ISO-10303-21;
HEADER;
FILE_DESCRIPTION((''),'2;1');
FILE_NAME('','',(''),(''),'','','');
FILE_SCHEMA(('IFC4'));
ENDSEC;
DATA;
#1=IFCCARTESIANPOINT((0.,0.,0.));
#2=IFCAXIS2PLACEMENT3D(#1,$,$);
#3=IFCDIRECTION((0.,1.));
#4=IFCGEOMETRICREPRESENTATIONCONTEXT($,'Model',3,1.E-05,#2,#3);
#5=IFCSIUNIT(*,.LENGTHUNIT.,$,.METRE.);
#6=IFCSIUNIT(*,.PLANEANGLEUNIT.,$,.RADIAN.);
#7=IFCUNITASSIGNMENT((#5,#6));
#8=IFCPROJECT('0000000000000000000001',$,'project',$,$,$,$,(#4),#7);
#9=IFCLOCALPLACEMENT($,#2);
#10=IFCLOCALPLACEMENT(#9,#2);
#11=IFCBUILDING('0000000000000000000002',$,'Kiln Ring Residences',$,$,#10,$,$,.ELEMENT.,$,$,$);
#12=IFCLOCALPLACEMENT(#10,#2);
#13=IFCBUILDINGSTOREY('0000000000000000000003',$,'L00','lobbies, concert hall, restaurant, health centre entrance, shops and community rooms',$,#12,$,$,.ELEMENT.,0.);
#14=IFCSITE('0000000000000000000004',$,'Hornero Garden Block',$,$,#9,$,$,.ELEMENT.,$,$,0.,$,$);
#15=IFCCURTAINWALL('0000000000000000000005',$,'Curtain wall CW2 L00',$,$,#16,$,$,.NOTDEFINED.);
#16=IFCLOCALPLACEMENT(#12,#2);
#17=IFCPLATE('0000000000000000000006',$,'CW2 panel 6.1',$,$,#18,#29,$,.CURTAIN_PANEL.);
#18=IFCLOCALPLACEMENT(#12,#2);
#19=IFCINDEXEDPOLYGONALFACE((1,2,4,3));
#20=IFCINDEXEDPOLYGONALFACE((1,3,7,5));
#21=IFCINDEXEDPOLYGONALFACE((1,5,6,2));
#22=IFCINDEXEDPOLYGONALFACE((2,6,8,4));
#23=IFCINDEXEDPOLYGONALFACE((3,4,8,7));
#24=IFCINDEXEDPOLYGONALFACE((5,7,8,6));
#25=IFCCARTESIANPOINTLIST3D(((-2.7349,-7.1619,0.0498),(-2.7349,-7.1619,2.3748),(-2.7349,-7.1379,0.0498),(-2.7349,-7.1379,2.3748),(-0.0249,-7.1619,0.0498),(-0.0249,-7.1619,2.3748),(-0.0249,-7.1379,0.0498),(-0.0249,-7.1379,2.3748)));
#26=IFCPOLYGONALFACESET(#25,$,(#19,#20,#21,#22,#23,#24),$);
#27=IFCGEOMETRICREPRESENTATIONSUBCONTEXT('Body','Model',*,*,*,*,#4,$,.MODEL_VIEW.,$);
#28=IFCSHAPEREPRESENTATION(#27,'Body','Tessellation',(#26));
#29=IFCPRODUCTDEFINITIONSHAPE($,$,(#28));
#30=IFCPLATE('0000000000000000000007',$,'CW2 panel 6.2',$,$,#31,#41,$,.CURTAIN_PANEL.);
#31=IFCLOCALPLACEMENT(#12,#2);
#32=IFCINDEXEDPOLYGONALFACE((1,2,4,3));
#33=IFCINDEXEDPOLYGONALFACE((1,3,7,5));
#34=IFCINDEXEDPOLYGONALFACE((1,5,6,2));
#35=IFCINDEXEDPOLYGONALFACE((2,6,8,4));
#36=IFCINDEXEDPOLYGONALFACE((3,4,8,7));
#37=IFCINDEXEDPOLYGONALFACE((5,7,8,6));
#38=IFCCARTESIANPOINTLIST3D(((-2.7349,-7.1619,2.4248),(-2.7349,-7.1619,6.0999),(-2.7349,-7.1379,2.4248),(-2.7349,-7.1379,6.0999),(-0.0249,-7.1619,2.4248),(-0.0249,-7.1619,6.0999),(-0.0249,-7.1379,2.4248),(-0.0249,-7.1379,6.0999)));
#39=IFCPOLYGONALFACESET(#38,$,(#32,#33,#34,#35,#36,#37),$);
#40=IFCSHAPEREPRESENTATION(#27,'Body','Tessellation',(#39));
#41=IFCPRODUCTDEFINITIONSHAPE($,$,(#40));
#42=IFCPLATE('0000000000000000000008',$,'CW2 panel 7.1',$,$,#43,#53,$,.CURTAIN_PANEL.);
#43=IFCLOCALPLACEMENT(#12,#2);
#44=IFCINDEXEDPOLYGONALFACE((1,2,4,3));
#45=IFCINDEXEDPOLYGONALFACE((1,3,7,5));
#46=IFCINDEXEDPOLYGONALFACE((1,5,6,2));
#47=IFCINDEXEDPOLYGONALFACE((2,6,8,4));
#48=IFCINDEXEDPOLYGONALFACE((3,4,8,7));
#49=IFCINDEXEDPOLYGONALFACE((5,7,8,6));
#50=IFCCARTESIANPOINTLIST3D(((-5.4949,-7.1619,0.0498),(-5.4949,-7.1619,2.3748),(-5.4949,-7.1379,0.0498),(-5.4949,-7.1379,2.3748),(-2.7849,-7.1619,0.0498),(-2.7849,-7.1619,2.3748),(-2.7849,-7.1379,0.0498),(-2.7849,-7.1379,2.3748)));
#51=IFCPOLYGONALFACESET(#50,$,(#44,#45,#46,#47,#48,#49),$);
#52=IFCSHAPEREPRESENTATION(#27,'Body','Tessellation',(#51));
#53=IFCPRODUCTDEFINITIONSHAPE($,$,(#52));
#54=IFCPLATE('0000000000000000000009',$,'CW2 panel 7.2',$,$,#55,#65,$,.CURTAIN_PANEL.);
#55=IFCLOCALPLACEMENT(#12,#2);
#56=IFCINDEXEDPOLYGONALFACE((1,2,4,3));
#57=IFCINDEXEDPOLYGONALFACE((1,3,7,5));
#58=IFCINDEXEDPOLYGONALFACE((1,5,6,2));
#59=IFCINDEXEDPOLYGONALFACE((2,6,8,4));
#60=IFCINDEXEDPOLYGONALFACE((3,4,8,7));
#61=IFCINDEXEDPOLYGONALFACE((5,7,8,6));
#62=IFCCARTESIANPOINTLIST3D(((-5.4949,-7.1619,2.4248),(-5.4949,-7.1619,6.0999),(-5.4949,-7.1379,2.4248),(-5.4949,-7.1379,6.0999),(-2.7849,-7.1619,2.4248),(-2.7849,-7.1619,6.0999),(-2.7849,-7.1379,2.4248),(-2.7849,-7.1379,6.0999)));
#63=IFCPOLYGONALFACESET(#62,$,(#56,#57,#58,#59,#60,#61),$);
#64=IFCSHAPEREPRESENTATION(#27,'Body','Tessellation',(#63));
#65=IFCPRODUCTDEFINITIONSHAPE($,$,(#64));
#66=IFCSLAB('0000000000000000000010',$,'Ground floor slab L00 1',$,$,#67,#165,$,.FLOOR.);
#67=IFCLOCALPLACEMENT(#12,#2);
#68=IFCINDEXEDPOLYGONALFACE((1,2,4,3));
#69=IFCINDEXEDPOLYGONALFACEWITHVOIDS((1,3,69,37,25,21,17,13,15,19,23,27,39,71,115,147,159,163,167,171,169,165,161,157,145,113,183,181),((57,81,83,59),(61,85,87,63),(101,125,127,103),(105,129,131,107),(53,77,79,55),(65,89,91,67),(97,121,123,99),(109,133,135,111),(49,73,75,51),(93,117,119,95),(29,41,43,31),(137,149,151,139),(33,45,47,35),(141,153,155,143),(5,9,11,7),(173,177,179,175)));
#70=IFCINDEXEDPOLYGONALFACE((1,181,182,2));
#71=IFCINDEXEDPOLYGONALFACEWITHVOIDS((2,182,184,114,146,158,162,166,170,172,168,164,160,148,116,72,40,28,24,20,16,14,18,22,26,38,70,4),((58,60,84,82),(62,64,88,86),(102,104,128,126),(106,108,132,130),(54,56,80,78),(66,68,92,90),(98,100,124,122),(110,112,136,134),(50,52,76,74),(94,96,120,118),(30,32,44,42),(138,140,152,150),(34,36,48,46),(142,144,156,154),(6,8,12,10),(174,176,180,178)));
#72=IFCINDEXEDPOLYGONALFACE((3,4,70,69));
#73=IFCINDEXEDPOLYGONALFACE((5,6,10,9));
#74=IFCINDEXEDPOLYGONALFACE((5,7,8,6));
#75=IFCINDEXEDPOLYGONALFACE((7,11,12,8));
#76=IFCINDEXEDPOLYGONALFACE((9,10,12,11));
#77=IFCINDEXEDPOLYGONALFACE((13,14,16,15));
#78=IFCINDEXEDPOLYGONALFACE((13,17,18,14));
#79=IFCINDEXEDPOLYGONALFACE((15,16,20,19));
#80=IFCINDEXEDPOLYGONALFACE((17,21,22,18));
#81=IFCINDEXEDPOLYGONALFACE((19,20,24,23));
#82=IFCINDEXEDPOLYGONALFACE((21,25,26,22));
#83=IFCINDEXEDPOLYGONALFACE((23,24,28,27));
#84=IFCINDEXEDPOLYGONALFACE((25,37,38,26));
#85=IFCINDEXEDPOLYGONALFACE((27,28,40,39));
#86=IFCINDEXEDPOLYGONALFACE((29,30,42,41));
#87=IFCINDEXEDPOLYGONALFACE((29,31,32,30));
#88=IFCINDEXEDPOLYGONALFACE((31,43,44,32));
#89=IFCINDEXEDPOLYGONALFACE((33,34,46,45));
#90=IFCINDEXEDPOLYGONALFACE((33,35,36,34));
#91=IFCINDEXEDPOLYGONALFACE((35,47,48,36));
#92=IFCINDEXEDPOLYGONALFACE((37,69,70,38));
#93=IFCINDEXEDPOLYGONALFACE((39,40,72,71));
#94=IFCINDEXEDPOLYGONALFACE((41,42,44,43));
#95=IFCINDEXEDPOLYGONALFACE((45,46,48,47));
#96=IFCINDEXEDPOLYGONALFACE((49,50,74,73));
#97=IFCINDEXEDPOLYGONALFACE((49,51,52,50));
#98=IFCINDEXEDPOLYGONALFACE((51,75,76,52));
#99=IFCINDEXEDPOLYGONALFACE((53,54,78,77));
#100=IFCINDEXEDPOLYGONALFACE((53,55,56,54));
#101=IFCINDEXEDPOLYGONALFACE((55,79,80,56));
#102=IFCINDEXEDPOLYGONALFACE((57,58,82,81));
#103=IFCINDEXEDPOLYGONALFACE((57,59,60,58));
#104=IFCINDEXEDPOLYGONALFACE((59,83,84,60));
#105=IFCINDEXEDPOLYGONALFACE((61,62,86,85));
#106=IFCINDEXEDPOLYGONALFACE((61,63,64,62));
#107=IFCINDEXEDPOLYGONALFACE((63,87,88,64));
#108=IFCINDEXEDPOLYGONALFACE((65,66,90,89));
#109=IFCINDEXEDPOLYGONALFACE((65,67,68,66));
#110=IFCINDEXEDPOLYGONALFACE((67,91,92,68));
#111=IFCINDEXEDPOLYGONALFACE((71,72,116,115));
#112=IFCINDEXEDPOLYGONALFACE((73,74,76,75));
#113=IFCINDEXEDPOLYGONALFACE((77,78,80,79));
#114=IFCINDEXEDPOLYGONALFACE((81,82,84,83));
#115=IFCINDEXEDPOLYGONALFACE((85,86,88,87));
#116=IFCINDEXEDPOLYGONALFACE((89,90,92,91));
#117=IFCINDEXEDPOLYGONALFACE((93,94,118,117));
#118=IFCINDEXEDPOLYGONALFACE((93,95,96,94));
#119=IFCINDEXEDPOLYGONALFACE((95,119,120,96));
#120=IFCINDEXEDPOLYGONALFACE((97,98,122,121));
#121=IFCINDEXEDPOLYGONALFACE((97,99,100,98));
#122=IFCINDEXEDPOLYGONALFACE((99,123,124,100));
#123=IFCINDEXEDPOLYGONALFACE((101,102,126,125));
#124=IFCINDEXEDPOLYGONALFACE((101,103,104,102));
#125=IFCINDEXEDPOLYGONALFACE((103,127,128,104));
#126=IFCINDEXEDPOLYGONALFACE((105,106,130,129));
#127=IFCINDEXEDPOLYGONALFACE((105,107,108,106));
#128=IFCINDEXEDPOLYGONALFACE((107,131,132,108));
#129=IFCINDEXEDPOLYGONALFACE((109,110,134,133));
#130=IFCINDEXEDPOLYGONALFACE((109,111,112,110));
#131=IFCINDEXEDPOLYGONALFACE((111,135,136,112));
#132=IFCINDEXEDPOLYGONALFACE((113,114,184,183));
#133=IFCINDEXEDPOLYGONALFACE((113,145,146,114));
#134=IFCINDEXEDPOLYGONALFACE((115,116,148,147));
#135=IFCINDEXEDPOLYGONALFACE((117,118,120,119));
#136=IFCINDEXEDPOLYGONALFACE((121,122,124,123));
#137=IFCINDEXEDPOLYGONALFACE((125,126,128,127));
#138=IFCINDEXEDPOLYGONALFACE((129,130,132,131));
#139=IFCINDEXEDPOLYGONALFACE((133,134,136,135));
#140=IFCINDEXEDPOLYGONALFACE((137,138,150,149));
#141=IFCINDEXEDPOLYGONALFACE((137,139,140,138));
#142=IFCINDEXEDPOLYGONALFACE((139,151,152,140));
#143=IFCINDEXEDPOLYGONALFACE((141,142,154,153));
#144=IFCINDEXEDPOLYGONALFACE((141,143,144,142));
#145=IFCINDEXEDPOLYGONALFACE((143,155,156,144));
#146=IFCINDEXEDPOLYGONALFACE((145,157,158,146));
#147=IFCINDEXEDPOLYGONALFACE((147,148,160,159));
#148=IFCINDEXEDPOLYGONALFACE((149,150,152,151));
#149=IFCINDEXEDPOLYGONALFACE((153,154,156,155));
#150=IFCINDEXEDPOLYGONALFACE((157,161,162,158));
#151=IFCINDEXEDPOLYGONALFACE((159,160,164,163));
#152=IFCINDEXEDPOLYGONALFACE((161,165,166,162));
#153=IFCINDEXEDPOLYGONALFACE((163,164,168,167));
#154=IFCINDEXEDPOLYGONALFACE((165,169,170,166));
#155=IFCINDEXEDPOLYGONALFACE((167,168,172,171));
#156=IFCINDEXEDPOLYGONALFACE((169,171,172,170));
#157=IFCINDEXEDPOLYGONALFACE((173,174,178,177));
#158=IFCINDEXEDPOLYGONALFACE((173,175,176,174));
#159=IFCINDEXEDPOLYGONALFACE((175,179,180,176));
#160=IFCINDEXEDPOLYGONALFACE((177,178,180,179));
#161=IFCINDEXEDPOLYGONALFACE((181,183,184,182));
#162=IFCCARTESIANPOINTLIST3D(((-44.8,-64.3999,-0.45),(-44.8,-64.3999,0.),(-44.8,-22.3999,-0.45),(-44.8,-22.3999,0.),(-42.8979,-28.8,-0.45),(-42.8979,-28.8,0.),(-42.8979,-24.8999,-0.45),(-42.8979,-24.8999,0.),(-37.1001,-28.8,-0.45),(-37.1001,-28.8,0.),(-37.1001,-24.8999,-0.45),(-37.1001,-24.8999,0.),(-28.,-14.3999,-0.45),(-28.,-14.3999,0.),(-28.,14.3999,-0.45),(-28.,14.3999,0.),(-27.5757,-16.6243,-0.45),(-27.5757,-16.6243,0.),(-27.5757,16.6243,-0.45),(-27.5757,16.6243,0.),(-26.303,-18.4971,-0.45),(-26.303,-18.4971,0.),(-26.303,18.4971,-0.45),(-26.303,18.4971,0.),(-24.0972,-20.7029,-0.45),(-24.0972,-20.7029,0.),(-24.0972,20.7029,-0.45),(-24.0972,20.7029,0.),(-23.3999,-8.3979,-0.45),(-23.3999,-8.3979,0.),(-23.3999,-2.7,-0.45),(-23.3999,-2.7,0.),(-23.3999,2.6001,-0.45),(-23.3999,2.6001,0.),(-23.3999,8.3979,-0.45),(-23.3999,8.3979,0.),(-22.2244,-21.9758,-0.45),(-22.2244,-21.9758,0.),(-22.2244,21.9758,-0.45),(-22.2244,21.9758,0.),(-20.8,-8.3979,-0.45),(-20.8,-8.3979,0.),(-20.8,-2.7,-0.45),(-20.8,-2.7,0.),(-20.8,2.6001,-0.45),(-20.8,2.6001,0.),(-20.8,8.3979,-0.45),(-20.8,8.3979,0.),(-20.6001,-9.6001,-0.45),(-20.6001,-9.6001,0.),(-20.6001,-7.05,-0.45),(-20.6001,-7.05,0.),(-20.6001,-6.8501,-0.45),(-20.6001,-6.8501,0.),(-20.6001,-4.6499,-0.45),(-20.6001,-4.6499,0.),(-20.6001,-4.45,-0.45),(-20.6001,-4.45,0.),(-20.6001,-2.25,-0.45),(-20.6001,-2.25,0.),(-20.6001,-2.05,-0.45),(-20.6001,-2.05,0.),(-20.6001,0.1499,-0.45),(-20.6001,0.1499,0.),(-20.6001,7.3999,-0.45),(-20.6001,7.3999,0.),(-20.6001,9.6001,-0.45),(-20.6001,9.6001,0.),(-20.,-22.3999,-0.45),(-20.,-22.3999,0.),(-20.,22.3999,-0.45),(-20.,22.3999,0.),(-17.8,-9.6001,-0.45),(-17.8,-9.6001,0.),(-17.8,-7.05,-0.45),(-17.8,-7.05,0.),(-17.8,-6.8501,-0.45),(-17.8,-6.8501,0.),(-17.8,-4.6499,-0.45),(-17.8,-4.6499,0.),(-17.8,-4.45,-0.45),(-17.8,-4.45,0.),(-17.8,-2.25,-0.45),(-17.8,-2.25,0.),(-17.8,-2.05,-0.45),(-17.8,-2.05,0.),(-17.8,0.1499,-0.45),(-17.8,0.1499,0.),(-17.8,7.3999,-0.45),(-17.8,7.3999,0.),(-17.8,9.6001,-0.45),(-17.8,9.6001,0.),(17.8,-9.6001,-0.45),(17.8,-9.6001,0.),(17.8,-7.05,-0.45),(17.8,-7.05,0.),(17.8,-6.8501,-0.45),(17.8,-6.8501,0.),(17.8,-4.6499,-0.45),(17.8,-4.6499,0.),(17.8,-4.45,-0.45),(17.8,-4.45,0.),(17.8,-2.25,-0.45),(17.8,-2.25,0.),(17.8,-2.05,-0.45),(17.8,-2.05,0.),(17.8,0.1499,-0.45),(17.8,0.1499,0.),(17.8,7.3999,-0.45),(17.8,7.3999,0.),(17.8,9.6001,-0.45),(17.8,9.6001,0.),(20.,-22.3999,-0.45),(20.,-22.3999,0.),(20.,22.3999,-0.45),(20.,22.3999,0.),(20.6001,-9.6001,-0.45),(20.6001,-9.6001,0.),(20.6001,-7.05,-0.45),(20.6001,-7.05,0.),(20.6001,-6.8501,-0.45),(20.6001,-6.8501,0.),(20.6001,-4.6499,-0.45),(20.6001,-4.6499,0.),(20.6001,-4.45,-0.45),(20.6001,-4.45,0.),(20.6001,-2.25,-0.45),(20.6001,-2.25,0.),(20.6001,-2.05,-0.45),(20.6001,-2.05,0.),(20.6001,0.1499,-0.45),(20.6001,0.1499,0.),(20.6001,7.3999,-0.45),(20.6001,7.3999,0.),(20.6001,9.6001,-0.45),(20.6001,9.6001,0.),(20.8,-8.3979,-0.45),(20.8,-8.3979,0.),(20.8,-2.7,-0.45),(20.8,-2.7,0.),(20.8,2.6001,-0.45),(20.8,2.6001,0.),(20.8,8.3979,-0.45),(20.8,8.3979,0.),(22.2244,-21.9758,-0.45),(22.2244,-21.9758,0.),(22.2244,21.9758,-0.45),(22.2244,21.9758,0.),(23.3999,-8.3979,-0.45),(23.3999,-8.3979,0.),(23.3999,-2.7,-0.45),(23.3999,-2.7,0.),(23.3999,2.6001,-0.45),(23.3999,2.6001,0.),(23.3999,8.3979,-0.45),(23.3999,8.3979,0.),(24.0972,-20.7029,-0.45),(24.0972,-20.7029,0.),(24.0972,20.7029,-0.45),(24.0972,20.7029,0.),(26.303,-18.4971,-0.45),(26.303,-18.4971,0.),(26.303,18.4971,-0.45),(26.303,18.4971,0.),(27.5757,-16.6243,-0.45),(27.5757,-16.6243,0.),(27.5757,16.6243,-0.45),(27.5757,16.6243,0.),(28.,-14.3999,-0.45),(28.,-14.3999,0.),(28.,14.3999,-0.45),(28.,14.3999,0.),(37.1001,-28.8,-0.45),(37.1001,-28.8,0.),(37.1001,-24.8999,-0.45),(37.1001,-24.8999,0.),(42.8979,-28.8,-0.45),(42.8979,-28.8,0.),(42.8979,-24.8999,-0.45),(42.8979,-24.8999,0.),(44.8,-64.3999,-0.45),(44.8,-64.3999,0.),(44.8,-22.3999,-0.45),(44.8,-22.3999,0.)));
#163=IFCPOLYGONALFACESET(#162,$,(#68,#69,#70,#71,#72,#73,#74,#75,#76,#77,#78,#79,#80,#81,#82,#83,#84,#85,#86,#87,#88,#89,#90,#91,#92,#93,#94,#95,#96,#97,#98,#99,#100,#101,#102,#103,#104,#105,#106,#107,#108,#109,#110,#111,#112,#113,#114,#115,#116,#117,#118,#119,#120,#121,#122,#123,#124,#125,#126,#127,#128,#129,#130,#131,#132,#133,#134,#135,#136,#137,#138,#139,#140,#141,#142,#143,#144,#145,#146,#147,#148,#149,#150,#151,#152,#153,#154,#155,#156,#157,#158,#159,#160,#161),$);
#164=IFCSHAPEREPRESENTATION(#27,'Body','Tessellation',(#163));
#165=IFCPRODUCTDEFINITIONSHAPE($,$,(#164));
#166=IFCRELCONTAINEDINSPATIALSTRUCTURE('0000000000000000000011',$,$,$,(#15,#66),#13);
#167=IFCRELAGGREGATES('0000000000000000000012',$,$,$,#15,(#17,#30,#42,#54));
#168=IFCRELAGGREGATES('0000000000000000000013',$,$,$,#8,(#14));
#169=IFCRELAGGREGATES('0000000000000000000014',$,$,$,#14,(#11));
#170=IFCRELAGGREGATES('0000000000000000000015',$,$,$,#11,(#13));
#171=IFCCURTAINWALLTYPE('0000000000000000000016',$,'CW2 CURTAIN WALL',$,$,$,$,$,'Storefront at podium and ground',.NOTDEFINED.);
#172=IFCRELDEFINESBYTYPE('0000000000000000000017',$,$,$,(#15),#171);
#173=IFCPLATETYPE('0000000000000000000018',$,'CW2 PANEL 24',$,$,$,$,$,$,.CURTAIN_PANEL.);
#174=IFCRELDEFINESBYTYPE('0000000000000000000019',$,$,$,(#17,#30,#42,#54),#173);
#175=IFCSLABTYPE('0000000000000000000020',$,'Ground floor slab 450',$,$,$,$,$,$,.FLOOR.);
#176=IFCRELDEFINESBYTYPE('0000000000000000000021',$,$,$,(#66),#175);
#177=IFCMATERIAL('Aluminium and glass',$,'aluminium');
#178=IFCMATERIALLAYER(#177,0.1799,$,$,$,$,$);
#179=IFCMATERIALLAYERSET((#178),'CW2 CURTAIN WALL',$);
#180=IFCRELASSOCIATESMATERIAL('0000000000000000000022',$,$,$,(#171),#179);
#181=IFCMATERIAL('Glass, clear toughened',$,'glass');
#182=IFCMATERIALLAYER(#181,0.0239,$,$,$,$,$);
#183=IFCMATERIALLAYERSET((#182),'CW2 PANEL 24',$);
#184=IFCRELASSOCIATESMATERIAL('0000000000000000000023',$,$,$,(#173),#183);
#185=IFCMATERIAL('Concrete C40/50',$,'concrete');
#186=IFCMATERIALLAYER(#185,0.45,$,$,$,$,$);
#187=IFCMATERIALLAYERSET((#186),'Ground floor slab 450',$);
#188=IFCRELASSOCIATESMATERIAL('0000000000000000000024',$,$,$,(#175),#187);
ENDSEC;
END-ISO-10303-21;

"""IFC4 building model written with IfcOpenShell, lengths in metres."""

from ifc_helpers import new_model, si_unit, direction, frame, origin, origin_2d, place, context, subcontext, project, spatial, polyline, rectangle, outline, extrude, material, layer, layer_set, type_object, element, aggregate, save


model = new_model("IFC4")

# Units and contexts
model_context = context("Model", 3, precision=1e-05, world=origin(), true_north=direction((0.0, 1.0)))
body_context = subcontext(model_context, "Body", "Model", "MODEL_VIEW")
ifc_project = project(units=[si_unit("LENGTHUNIT", "METRE"), si_unit("PLANEANGLEUNIT", "RADIAN")], contexts=[model_context])

# Site, building, storey
site_placement = place(None, origin())
site = spatial("IfcSite", under=ifc_project, at=site_placement, Name="Hornero Garden Block", CompositionType="ELEMENT", RefElevation=0.0)
building_placement = place(site_placement, origin())
building = spatial("IfcBuilding", under=site, at=building_placement, Name="Kiln Ring Residences", CompositionType="ELEMENT")
storey_placement = place(building_placement, origin())
storey = spatial("IfcBuildingStorey", under=building, at=storey_placement, Name="L00", Description="lobbies, concert hall, restaurant, health centre entrance, shops and community rooms", CompositionType="ELEMENT", Elevation=0.0)

# Curtain wall
ifc_material_1 = material(Name="Aluminium and glass", Category="aluminium")
ifc_layer_1 = layer(ifc_material_1, 0.1799)
ifc_layer_set_1 = layer_set([ifc_layer_1], Name="CW2 CURTAIN WALL")
curtain_wall_type = type_object("IfcCurtainWallType", Name="CW2 CURTAIN WALL", ElementType="Storefront at podium and ground", PredefinedType="NOTDEFINED", material=ifc_layer_set_1)
placement_1 = place(storey_placement, origin())
curtain_wall = element("IfcCurtainWall", 1, at=placement_1, inside=storey, type_object=curtain_wall_type, Name="Curtain wall CW2 L00", PredefinedType="NOTDEFINED")

# Plates
ifc_material_2 = material(Name="Glass, clear toughened", Category="glass")
ifc_layer_2 = layer(ifc_material_2, 0.0239)
ifc_layer_set_2 = layer_set([ifc_layer_2], Name="CW2 PANEL 24")
plate_type = type_object("IfcPlateType", Name="CW2 PANEL 24", PredefinedType="CURTAIN_PANEL", material=ifc_layer_set_2)
plate_1_placement = place(storey_placement, frame((-1.3799, -7.1499, 0.0498), z_axis=(0.0, 0.0, 1.0), x_axis=(-1.0, 0.0, 0.0)))
plate_1 = element("IfcPlate", 2, at=plate_1_placement, type_object=plate_type, Name="CW2 panel 6.1", PredefinedType="CURTAIN_PANEL", context=body_context, shape_type="SweptSolid", body=[
    extrude(rectangle(XDim=2.71, YDim=0.0239, at=origin_2d()), origin(), (0.0, 0.0, 1.0), 2.325),
])
plate_2_placement = place(storey_placement, frame((-1.3799, -7.1499, 2.4248), z_axis=(0.0, 0.0, 1.0), x_axis=(-1.0, 0.0, 0.0)))
plate_2 = element("IfcPlate", 3, at=plate_2_placement, type_object=plate_type, Name="CW2 panel 6.2", PredefinedType="CURTAIN_PANEL", context=body_context, shape_type="SweptSolid", body=[
    extrude(rectangle(XDim=2.71, YDim=0.0239, at=origin_2d()), origin(), (0.0, 0.0, 1.0), 3.675),
])
plate_3_placement = place(storey_placement, frame((-4.1399, -7.1499, 0.0498), z_axis=(0.0, 0.0, 1.0), x_axis=(-1.0, 0.0, 0.0)))
plate_3 = element("IfcPlate", 4, at=plate_3_placement, type_object=plate_type, Name="CW2 panel 7.1", PredefinedType="CURTAIN_PANEL", context=body_context, shape_type="SweptSolid", body=[
    extrude(rectangle(XDim=2.71, YDim=0.0239, at=origin_2d()), origin(), (0.0, 0.0, 1.0), 2.325),
])
plate_4_placement = place(storey_placement, frame((-4.1399, -7.1499, 2.4248), z_axis=(0.0, 0.0, 1.0), x_axis=(-1.0, 0.0, 0.0)))
plate_4 = element("IfcPlate", 5, at=plate_4_placement, type_object=plate_type, Name="CW2 panel 7.2", PredefinedType="CURTAIN_PANEL", context=body_context, shape_type="SweptSolid", body=[
    extrude(rectangle(XDim=2.71, YDim=0.0239, at=origin_2d()), origin(), (0.0, 0.0, 1.0), 3.675),
])
aggregate(curtain_wall, [plate_1, plate_2, plate_3, plate_4])

# Slab
ifc_material_3 = material(Name="Concrete C40/50", Category="concrete")
ifc_layer_3 = layer(ifc_material_3, 0.45)
ifc_layer_set_3 = layer_set([ifc_layer_3], Name="Ground floor slab 450")
slab_type_1 = type_object("IfcSlabType", Name="Ground floor slab 450", PredefinedType="FLOOR", material=ifc_layer_set_3)
slab_1_placement = place(storey_placement, frame((0.0, 0.0, -0.45)))
element("IfcSlab", 6, at=slab_1_placement, inside=storey, type_object=slab_type_1, Name="Ground floor slab L00 1", PredefinedType="FLOOR", context=body_context, shape_type="SweptSolid", body=[
    extrude(outline(polyline([(44.8, -22.3999), (20.0, -22.3999), (22.2244, -21.9758), (24.0972, -20.7029), (26.303, -18.4971), (27.5757, -16.6243), (28.0, -14.3999), (28.0, 14.3999), (27.5757, 16.6243), (26.303, 18.4971), (24.0972, 20.7029), (22.2244, 21.9758), (20.0, 22.3999), (-20.0, 22.3999), (-22.2244, 21.9758), (-24.0972, 20.7029), (-26.303, 18.4971), (-27.5757, 16.6243), (-28.0, 14.3999), (-28.0, -14.3999), (-27.5757, -16.6243), (-26.303, -18.4971), (-24.0972, -20.7029), (-22.2244, -21.9758), (-20.0, -22.3999), (-44.8, -22.3999), (-44.8, -64.3999), (44.8, -64.3999), (44.8, -22.3999)]), holes=[polyline([(42.8979, -24.8999), (42.8979, -28.8), (37.1001, -28.8), (37.1001, -24.8999), (42.8979, -24.8999)]), polyline([(20.8, -8.3979), (20.8, -2.7), (23.3999, -2.7), (23.3999, -8.3979), (20.8, -8.3979)]), polyline([(20.8, 2.6001), (20.8, 8.3979), (23.3999, 8.3979), (23.3999, 2.6001), (20.8, 2.6001)]), polyline([(17.8, -9.6001), (17.8, -7.05), (20.6001, -7.05), (20.6001, -9.6001), (17.8, -9.6001)]), polyline([(17.8, -6.8501), (17.8, -4.6499), (20.6001, -4.6499), (20.6001, -6.8501), (17.8, -6.8501)]), polyline([(17.8, -4.45), (17.8, -2.25), (20.6001, -2.25), (20.6001, -4.45), (17.8, -4.45)]), polyline([(17.8, -2.05), (17.8, 0.1499), (20.6001, 0.1499), (20.6001, -2.05), (17.8, -2.05)]), polyline([(17.8, 7.3999), (17.8, 9.6001), (20.6001, 9.6001), (20.6001, 7.3999), (17.8, 7.3999)]), polyline([(-17.8, -9.6001), (-20.6001, -9.6001), (-20.6001, -7.05), (-17.8, -7.05), (-17.8, -9.6001)]), polyline([(-17.8, -6.8501), (-20.6001, -6.8501), (-20.6001, -4.6499), (-17.8, -4.6499), (-17.8, -6.8501)]), polyline([(-17.8, -4.45), (-20.6001, -4.45), (-20.6001, -2.25), (-17.8, -2.25), (-17.8, -4.45)]), polyline([(-17.8, -2.05), (-20.6001, -2.05), (-20.6001, 0.1499), (-17.8, 0.1499), (-17.8, -2.05)]), polyline([(-17.8, 7.3999), (-20.6001, 7.3999), (-20.6001, 9.6001), (-17.8, 9.6001), (-17.8, 7.3999)]), polyline([(-20.8, -8.3979), (-23.3999, -8.3979), (-23.3999, -2.7), (-20.8, -2.7), (-20.8, -8.3979)]), polyline([(-20.8, 2.6001), (-23.3999, 2.6001), (-23.3999, 8.3979), (-20.8, 8.3979), (-20.8, 2.6001)]), polyline([(-42.8979, -28.8), (-42.8979, -24.8999), (-37.1001, -24.8999), (-37.1001, -28.8), (-42.8979, -28.8)])]), origin(), (0.0, 0.0, 1.0), 0.45),
])

save(model, "model.ifc")
